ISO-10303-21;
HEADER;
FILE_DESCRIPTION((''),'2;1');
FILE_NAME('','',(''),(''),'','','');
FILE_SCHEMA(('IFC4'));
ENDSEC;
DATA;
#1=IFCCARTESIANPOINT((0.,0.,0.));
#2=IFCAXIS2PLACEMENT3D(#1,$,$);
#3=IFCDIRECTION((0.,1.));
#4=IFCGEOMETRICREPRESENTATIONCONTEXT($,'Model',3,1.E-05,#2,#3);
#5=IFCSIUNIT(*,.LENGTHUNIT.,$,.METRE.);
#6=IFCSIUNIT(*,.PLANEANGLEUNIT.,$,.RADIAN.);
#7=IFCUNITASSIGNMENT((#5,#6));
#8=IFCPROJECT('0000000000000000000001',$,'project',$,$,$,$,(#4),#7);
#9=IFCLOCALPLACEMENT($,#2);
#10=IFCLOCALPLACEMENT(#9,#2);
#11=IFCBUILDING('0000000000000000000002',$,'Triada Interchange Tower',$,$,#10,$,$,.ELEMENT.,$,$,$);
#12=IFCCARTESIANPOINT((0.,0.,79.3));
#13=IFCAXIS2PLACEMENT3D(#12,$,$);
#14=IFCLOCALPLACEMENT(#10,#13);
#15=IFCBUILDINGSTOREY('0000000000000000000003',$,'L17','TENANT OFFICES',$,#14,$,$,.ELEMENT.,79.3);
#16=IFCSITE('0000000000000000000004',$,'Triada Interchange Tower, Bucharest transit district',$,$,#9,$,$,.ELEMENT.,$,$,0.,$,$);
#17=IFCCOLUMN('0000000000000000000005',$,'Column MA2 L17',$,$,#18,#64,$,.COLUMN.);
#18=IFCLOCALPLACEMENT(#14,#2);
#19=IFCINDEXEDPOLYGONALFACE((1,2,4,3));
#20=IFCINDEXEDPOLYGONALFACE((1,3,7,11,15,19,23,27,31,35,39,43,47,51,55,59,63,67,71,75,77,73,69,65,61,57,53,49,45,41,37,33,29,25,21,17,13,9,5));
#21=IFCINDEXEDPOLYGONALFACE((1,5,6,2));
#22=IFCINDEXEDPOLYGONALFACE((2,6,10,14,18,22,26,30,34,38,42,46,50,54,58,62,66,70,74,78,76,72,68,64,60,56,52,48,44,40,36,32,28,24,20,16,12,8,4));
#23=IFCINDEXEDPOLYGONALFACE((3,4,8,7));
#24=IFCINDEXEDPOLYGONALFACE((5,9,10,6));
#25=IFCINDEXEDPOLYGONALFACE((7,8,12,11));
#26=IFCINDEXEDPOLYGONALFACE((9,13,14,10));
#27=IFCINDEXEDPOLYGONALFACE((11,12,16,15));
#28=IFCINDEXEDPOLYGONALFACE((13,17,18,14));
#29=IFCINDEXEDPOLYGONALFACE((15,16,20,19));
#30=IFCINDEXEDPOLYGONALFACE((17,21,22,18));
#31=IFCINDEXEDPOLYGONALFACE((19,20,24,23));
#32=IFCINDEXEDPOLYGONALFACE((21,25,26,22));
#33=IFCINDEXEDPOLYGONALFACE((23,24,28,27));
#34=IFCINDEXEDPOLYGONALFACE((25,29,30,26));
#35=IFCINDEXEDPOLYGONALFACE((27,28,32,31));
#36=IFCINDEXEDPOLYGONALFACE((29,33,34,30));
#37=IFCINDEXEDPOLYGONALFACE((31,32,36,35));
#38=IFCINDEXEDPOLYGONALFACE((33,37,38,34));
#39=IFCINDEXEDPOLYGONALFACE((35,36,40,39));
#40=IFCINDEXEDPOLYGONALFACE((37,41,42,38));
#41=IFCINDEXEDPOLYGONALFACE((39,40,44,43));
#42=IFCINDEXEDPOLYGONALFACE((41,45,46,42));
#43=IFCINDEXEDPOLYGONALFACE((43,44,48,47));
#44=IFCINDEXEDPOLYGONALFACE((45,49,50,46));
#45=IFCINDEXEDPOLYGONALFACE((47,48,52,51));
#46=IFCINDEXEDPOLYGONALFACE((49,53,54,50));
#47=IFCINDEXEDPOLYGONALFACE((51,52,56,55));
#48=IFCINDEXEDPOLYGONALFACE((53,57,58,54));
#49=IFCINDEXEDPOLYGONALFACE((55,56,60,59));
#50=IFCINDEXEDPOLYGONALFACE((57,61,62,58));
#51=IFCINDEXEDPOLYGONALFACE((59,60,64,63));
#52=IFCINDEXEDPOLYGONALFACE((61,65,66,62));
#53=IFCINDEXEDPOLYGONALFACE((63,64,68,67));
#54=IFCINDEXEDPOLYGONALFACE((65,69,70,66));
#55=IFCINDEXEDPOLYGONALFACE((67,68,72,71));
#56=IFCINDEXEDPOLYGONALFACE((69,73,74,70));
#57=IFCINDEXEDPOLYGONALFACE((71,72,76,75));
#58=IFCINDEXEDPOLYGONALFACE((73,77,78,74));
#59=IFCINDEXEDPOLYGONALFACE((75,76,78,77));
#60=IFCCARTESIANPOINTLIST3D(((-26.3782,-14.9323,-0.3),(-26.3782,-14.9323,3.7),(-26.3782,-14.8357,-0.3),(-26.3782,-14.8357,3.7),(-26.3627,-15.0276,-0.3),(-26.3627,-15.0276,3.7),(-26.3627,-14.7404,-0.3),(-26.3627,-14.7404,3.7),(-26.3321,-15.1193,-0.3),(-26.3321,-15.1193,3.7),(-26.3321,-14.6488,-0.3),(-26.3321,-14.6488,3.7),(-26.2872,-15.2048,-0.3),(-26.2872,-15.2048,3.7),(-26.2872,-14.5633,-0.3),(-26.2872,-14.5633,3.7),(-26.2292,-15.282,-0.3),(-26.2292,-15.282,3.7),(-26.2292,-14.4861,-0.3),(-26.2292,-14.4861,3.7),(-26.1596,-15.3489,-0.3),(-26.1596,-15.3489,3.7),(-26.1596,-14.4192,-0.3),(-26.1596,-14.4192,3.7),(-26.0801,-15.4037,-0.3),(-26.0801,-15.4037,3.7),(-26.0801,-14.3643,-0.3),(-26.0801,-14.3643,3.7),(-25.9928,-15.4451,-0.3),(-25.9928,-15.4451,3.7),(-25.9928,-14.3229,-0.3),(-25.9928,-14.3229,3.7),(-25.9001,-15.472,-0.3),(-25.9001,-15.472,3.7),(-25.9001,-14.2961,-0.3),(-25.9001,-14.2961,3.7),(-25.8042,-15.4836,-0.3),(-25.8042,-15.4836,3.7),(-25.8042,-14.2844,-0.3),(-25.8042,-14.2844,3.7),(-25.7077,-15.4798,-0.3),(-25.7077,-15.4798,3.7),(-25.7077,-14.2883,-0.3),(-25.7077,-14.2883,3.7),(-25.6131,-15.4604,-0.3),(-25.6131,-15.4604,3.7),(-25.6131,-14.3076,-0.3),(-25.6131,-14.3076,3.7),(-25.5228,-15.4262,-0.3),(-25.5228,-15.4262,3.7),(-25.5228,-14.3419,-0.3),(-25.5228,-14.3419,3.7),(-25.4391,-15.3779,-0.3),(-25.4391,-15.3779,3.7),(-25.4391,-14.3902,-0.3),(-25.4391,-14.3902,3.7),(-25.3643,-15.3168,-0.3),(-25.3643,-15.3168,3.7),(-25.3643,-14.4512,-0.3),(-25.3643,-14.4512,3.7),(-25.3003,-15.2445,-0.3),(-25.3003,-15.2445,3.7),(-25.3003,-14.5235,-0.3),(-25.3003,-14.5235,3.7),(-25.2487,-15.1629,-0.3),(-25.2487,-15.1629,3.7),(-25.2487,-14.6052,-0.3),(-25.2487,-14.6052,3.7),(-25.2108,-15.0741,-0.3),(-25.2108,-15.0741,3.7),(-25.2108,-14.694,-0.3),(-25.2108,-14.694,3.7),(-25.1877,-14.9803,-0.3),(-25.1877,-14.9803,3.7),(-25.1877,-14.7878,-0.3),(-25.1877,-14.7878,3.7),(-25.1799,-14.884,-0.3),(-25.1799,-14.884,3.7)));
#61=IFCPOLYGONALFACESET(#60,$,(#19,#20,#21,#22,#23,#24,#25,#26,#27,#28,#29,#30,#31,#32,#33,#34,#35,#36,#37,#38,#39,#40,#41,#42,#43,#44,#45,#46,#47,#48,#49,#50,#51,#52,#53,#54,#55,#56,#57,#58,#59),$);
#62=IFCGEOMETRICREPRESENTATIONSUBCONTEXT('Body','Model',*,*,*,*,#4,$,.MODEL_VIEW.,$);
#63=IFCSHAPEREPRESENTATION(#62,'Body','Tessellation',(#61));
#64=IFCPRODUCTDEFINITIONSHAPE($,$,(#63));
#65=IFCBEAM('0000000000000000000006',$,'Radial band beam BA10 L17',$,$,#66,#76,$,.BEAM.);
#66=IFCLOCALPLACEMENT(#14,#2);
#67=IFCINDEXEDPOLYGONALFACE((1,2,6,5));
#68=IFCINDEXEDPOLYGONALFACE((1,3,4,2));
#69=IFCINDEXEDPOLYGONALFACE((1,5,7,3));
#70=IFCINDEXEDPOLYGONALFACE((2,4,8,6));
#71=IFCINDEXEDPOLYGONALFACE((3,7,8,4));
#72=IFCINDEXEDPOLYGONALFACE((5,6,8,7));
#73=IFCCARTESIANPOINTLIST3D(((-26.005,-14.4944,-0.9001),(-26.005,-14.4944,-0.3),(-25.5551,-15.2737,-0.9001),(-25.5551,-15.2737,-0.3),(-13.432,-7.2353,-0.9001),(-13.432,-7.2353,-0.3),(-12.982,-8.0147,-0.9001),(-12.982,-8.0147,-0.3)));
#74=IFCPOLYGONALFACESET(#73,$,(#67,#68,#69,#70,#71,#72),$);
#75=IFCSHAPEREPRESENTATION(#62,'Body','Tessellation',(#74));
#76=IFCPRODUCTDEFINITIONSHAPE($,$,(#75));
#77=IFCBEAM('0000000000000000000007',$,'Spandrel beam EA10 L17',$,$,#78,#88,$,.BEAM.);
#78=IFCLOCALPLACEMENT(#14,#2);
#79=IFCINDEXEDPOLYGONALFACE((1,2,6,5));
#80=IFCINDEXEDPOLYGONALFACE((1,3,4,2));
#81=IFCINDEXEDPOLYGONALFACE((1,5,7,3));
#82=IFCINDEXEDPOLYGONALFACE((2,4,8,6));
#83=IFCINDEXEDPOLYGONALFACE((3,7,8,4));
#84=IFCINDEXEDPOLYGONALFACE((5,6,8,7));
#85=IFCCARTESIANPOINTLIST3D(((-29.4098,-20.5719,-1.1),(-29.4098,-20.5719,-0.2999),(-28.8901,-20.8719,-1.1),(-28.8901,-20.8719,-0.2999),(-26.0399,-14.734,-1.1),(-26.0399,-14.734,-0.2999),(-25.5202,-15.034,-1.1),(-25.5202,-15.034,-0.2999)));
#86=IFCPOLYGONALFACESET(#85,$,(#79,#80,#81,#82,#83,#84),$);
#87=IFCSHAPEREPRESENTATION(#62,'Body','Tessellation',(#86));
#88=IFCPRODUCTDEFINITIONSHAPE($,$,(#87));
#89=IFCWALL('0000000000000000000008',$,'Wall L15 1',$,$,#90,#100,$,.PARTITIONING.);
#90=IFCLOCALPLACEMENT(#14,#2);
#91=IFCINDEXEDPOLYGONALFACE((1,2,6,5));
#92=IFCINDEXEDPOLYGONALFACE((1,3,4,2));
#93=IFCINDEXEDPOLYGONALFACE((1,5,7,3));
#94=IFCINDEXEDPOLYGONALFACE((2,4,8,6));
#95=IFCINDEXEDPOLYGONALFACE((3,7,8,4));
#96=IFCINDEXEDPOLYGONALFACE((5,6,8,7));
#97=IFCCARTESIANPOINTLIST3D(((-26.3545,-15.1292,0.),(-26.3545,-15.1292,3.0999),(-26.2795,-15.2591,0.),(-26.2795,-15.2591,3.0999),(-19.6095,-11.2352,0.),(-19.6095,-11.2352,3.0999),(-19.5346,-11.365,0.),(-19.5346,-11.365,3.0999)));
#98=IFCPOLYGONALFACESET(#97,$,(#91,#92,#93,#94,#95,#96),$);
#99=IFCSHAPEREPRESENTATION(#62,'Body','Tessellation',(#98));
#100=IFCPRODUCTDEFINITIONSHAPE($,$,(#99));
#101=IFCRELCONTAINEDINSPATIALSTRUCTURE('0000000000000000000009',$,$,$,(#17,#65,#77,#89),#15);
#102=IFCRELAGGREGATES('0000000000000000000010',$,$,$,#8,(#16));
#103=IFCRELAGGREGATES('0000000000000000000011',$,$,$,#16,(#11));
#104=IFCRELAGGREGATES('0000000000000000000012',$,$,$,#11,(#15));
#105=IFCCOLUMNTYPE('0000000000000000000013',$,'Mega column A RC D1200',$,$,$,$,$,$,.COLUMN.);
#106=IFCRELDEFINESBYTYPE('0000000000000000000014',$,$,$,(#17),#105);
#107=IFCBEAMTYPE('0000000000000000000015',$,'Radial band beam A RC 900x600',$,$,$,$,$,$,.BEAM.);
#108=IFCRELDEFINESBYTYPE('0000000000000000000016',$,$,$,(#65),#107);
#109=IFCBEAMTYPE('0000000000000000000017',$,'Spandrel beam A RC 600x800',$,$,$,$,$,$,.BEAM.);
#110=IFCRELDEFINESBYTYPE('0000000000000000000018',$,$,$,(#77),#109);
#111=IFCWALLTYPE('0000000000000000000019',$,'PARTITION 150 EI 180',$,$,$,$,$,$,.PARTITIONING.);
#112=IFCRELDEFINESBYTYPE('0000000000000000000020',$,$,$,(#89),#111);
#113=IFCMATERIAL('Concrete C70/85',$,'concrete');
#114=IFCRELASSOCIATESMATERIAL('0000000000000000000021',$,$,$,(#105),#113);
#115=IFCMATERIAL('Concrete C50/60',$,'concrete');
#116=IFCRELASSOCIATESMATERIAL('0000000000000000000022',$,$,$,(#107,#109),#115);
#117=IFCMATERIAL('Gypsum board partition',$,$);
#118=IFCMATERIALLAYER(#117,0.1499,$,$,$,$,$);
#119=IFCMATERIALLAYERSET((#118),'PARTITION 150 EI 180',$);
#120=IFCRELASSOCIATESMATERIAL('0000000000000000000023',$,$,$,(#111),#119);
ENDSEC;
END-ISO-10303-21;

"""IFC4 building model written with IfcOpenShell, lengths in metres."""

from ifc_helpers import new_model, si_unit, direction, frame, frame_2d, origin, origin_2d, place, context, subcontext, project, spatial, rectangle, circle, extrude, material, layer, layer_set, material_profile, profile_set, type_object, element, save


model = new_model("IFC4")

# Units and contexts
model_context = context("Model", 3, precision=1e-05, world=origin(), true_north=direction((0.0, 1.0)))
body_context = subcontext(model_context, "Body", "Model", "MODEL_VIEW")
ifc_project = project(units=[si_unit("LENGTHUNIT", "METRE"), si_unit("PLANEANGLEUNIT", "RADIAN")], contexts=[model_context])

# Site, building, storey
site_placement = place(None, origin())
site = spatial("IfcSite", under=ifc_project, at=site_placement, Name="Triada Interchange Tower, Bucharest transit district", CompositionType="ELEMENT", RefElevation=0.0)
building_placement = place(site_placement, origin())
building = spatial("IfcBuilding", under=site, at=building_placement, Name="Triada Interchange Tower", CompositionType="ELEMENT")
storey_placement = place(building_placement, frame((0.0, 0.0, 79.3)))
storey = spatial("IfcBuildingStorey", under=building, at=storey_placement, Name="L17", Description="TENANT OFFICES", CompositionType="ELEMENT", Elevation=79.3)

# Column
ifc_material_1 = material(Name="Concrete C70/85", Category="concrete")
ifc_material_profile_1 = material_profile(ifc_material_1, circle(Radius=0.6001, at=origin_2d()), Name="RC D1200")
ifc_profile_set_1 = profile_set([ifc_material_profile_1], Name="Concrete C70/85")
column_type = type_object("IfcColumnType", Name="Mega column A RC D1200", PredefinedType="COLUMN", material=ifc_profile_set_1)
column_placement = place(storey_placement, frame((-25.78, -14.884, -0.3), z_axis=(0.0, 0.0, 1.0), x_axis=(1.0, 0.0, 0.0)))
element("IfcColumn", 1, at=column_placement, inside=storey, type_object=column_type, Name="Column MA2 L17", PredefinedType="COLUMN", context=body_context, shape_type="SweptSolid", body=[
    extrude(circle(Radius=0.6001, at=origin_2d()), origin(), (0.0, 0.0, 1.0), 4.0),
])

# Beams
ifc_material_2 = material(Name="Concrete C50/60", Category="concrete")
ifc_material_profile_2 = material_profile(ifc_material_2, rectangle(XDim=0.8999, YDim=0.6001, at=origin_2d()), Name="RC 900x600")
ifc_profile_set_2 = profile_set([ifc_material_profile_2], Name="Concrete C50/60")
beam_type_1 = type_object("IfcBeamType", Name="Radial band beam A RC 900x600", PredefinedType="BEAM", material=ifc_profile_set_2)
beam_1_placement = place(storey_placement, frame((-25.78, -14.884, -0.6001), z_axis=(0.866025, 0.5, 0.0), x_axis=(-0.5, 0.866025, 0.0)))
element("IfcBeam", 2, at=beam_1_placement, inside=storey, type_object=beam_type_1, Name="Radial band beam BA10 L17", PredefinedType="BEAM", context=body_context, shape_type="SweptSolid", body=[
    extrude(rectangle(XDim=0.8999, YDim=0.6001, at=origin_2d()), origin(), (0.0, 0.0, 1.0), 14.5181),
])
ifc_material_profile_3 = material_profile(ifc_material_2, rectangle(XDim=0.6001, YDim=0.8, at=origin_2d()), Name="RC 600x800")
ifc_profile_set_3 = profile_set([ifc_material_profile_3], Name="Concrete C50/60")
beam_type_2 = type_object("IfcBeamType", Name="Spandrel beam A RC 600x800", PredefinedType="BEAM", material=ifc_profile_set_3)
beam_2_placement = place(storey_placement, frame((-25.78, -14.884, -0.7), z_axis=(-0.499929, -0.866066, 0.0), x_axis=(0.866066, -0.499929, 0.0)))
element("IfcBeam", 3, at=beam_2_placement, inside=storey, type_object=beam_type_2, Name="Spandrel beam EA10 L17", PredefinedType="BEAM", context=body_context, shape_type="SweptSolid", body=[
    extrude(rectangle(XDim=0.6001, YDim=0.8, at=origin_2d()), origin(), (0.0, 0.0, 1.0), 6.7407),
])

# Wall
ifc_material_3 = material(Name="Gypsum board partition")
ifc_layer = layer(ifc_material_3, 0.1499)
ifc_layer_set = layer_set([ifc_layer], Name="PARTITION 150 EI 180")
wall_type = type_object("IfcWallType", Name="PARTITION 150 EI 180", PredefinedType="PARTITIONING", material=ifc_layer_set)
wall_placement = place(storey_placement, frame((-26.3169, -15.1941, 0.0), z_axis=(0.0, 0.0, 1.0), x_axis=(0.866032, 0.499989, 0.0)))
element("IfcWall", 4, at=wall_placement, inside=storey, type_object=wall_type, Name="Wall L15 1", PredefinedType="PARTITIONING", context=body_context, shape_type="SweptSolid", body=[
    extrude(rectangle(XDim=7.7883, YDim=0.1499, at=frame_2d((3.894, 0.0))), origin(), (0.0, 0.0, 1.0), 3.0999),
])

save(model, "model.ifc")
